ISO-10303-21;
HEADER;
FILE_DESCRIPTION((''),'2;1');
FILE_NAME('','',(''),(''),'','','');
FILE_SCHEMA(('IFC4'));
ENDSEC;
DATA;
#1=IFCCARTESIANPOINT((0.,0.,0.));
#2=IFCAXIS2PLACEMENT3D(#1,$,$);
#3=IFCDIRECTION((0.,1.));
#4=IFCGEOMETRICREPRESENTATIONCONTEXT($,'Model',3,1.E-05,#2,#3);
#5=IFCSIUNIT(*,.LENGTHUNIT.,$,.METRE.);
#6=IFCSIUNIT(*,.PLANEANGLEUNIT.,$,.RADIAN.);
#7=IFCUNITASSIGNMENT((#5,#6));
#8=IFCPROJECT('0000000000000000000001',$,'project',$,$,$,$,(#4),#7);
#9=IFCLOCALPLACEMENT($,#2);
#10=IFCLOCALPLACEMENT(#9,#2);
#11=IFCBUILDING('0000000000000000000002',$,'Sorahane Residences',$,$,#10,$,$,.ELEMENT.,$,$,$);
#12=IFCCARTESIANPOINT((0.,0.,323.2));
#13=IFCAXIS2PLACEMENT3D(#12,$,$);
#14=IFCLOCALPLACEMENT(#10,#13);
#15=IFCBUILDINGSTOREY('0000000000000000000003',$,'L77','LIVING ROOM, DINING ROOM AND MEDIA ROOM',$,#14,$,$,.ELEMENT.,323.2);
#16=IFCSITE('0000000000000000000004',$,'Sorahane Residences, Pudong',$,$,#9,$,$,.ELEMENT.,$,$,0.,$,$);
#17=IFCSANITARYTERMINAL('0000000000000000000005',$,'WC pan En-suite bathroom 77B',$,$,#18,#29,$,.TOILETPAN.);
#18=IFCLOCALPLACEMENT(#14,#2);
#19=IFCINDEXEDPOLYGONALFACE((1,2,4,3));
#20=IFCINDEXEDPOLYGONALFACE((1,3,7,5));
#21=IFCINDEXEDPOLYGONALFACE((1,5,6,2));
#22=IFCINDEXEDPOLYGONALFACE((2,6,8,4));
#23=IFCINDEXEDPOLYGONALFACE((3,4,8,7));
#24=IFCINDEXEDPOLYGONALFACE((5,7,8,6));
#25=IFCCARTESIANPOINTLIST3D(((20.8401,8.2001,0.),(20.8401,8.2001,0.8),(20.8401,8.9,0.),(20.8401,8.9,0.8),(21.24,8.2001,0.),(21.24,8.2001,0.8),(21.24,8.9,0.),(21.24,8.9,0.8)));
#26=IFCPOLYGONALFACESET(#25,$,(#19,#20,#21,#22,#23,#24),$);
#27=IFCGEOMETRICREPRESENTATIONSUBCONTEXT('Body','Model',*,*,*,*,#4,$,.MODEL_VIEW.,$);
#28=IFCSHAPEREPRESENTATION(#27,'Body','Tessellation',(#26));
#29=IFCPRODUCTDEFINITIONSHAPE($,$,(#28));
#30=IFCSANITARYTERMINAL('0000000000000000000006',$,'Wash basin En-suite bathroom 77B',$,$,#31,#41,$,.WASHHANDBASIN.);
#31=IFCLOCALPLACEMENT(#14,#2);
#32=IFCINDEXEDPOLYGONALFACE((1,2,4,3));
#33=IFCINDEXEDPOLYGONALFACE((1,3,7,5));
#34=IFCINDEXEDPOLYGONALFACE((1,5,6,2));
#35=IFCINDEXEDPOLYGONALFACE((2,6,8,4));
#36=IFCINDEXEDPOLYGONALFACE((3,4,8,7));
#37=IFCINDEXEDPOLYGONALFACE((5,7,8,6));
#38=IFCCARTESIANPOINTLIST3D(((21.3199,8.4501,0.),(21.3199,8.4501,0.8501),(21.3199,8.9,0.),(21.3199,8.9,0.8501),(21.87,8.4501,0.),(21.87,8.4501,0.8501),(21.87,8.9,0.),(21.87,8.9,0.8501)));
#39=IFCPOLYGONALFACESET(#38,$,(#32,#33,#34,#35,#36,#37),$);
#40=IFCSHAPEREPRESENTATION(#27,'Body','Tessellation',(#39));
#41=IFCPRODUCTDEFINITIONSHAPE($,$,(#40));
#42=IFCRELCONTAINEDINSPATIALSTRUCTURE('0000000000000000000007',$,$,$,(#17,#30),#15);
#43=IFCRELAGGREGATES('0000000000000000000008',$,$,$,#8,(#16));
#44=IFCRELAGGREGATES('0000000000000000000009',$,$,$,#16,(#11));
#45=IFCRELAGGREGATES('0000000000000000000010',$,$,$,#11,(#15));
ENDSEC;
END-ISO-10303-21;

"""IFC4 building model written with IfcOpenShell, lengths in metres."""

from ifc_helpers import new_model, si_unit, direction, frame, origin, origin_2d, place, context, subcontext, project, spatial, rectangle, extrude, element, save


model = new_model("IFC4")

# Units and contexts
model_context = context("Model", 3, precision=1e-05, world=origin(), true_north=direction((0.0, 1.0)))
body_context = subcontext(model_context, "Body", "Model", "MODEL_VIEW")
ifc_project = project(units=[si_unit("LENGTHUNIT", "METRE"), si_unit("PLANEANGLEUNIT", "RADIAN")], contexts=[model_context])

# Site, building, storey
site_placement = place(None, origin())
site = spatial("IfcSite", under=ifc_project, at=site_placement, Name="Sorahane Residences, Pudong", CompositionType="ELEMENT", RefElevation=0.0)
building_placement = place(site_placement, origin())
building = spatial("IfcBuilding", under=site, at=building_placement, Name="Sorahane Residences", CompositionType="ELEMENT")
storey_placement = place(building_placement, frame((0.0, 0.0, 323.2)))
storey = spatial("IfcBuildingStorey", under=building, at=storey_placement, Name="L77", Description="LIVING ROOM, DINING ROOM AND MEDIA ROOM", CompositionType="ELEMENT", Elevation=323.2)

# Sanitary terminals
sanitary_terminal_1_placement = place(storey_placement, frame((21.04, 8.55, 0.0), z_axis=(0.0, 0.0, 1.0), x_axis=(1.0, 0.0, 0.0)))
element("IfcSanitaryTerminal", 1, at=sanitary_terminal_1_placement, inside=storey, Name="WC pan En-suite bathroom 77B", PredefinedType="TOILETPAN", context=body_context, shape_type="SweptSolid", body=[
    extrude(rectangle(XDim=0.3999, YDim=0.7, at=origin_2d()), origin(), (0.0, 0.0, 1.0), 0.8),
])
sanitary_terminal_2_placement = place(storey_placement, frame((21.595, 8.675, 0.0), z_axis=(0.0, 0.0, 1.0), x_axis=(1.0, 0.0, 0.0)))
element("IfcSanitaryTerminal", 2, at=sanitary_terminal_2_placement, inside=storey, Name="Wash basin En-suite bathroom 77B", PredefinedType="WASHHANDBASIN", context=body_context, shape_type="SweptSolid", body=[
    extrude(rectangle(XDim=0.55, YDim=0.45, at=origin_2d()), origin(), (0.0, 0.0, 1.0), 0.8501),
])

save(model, "model.ifc")
